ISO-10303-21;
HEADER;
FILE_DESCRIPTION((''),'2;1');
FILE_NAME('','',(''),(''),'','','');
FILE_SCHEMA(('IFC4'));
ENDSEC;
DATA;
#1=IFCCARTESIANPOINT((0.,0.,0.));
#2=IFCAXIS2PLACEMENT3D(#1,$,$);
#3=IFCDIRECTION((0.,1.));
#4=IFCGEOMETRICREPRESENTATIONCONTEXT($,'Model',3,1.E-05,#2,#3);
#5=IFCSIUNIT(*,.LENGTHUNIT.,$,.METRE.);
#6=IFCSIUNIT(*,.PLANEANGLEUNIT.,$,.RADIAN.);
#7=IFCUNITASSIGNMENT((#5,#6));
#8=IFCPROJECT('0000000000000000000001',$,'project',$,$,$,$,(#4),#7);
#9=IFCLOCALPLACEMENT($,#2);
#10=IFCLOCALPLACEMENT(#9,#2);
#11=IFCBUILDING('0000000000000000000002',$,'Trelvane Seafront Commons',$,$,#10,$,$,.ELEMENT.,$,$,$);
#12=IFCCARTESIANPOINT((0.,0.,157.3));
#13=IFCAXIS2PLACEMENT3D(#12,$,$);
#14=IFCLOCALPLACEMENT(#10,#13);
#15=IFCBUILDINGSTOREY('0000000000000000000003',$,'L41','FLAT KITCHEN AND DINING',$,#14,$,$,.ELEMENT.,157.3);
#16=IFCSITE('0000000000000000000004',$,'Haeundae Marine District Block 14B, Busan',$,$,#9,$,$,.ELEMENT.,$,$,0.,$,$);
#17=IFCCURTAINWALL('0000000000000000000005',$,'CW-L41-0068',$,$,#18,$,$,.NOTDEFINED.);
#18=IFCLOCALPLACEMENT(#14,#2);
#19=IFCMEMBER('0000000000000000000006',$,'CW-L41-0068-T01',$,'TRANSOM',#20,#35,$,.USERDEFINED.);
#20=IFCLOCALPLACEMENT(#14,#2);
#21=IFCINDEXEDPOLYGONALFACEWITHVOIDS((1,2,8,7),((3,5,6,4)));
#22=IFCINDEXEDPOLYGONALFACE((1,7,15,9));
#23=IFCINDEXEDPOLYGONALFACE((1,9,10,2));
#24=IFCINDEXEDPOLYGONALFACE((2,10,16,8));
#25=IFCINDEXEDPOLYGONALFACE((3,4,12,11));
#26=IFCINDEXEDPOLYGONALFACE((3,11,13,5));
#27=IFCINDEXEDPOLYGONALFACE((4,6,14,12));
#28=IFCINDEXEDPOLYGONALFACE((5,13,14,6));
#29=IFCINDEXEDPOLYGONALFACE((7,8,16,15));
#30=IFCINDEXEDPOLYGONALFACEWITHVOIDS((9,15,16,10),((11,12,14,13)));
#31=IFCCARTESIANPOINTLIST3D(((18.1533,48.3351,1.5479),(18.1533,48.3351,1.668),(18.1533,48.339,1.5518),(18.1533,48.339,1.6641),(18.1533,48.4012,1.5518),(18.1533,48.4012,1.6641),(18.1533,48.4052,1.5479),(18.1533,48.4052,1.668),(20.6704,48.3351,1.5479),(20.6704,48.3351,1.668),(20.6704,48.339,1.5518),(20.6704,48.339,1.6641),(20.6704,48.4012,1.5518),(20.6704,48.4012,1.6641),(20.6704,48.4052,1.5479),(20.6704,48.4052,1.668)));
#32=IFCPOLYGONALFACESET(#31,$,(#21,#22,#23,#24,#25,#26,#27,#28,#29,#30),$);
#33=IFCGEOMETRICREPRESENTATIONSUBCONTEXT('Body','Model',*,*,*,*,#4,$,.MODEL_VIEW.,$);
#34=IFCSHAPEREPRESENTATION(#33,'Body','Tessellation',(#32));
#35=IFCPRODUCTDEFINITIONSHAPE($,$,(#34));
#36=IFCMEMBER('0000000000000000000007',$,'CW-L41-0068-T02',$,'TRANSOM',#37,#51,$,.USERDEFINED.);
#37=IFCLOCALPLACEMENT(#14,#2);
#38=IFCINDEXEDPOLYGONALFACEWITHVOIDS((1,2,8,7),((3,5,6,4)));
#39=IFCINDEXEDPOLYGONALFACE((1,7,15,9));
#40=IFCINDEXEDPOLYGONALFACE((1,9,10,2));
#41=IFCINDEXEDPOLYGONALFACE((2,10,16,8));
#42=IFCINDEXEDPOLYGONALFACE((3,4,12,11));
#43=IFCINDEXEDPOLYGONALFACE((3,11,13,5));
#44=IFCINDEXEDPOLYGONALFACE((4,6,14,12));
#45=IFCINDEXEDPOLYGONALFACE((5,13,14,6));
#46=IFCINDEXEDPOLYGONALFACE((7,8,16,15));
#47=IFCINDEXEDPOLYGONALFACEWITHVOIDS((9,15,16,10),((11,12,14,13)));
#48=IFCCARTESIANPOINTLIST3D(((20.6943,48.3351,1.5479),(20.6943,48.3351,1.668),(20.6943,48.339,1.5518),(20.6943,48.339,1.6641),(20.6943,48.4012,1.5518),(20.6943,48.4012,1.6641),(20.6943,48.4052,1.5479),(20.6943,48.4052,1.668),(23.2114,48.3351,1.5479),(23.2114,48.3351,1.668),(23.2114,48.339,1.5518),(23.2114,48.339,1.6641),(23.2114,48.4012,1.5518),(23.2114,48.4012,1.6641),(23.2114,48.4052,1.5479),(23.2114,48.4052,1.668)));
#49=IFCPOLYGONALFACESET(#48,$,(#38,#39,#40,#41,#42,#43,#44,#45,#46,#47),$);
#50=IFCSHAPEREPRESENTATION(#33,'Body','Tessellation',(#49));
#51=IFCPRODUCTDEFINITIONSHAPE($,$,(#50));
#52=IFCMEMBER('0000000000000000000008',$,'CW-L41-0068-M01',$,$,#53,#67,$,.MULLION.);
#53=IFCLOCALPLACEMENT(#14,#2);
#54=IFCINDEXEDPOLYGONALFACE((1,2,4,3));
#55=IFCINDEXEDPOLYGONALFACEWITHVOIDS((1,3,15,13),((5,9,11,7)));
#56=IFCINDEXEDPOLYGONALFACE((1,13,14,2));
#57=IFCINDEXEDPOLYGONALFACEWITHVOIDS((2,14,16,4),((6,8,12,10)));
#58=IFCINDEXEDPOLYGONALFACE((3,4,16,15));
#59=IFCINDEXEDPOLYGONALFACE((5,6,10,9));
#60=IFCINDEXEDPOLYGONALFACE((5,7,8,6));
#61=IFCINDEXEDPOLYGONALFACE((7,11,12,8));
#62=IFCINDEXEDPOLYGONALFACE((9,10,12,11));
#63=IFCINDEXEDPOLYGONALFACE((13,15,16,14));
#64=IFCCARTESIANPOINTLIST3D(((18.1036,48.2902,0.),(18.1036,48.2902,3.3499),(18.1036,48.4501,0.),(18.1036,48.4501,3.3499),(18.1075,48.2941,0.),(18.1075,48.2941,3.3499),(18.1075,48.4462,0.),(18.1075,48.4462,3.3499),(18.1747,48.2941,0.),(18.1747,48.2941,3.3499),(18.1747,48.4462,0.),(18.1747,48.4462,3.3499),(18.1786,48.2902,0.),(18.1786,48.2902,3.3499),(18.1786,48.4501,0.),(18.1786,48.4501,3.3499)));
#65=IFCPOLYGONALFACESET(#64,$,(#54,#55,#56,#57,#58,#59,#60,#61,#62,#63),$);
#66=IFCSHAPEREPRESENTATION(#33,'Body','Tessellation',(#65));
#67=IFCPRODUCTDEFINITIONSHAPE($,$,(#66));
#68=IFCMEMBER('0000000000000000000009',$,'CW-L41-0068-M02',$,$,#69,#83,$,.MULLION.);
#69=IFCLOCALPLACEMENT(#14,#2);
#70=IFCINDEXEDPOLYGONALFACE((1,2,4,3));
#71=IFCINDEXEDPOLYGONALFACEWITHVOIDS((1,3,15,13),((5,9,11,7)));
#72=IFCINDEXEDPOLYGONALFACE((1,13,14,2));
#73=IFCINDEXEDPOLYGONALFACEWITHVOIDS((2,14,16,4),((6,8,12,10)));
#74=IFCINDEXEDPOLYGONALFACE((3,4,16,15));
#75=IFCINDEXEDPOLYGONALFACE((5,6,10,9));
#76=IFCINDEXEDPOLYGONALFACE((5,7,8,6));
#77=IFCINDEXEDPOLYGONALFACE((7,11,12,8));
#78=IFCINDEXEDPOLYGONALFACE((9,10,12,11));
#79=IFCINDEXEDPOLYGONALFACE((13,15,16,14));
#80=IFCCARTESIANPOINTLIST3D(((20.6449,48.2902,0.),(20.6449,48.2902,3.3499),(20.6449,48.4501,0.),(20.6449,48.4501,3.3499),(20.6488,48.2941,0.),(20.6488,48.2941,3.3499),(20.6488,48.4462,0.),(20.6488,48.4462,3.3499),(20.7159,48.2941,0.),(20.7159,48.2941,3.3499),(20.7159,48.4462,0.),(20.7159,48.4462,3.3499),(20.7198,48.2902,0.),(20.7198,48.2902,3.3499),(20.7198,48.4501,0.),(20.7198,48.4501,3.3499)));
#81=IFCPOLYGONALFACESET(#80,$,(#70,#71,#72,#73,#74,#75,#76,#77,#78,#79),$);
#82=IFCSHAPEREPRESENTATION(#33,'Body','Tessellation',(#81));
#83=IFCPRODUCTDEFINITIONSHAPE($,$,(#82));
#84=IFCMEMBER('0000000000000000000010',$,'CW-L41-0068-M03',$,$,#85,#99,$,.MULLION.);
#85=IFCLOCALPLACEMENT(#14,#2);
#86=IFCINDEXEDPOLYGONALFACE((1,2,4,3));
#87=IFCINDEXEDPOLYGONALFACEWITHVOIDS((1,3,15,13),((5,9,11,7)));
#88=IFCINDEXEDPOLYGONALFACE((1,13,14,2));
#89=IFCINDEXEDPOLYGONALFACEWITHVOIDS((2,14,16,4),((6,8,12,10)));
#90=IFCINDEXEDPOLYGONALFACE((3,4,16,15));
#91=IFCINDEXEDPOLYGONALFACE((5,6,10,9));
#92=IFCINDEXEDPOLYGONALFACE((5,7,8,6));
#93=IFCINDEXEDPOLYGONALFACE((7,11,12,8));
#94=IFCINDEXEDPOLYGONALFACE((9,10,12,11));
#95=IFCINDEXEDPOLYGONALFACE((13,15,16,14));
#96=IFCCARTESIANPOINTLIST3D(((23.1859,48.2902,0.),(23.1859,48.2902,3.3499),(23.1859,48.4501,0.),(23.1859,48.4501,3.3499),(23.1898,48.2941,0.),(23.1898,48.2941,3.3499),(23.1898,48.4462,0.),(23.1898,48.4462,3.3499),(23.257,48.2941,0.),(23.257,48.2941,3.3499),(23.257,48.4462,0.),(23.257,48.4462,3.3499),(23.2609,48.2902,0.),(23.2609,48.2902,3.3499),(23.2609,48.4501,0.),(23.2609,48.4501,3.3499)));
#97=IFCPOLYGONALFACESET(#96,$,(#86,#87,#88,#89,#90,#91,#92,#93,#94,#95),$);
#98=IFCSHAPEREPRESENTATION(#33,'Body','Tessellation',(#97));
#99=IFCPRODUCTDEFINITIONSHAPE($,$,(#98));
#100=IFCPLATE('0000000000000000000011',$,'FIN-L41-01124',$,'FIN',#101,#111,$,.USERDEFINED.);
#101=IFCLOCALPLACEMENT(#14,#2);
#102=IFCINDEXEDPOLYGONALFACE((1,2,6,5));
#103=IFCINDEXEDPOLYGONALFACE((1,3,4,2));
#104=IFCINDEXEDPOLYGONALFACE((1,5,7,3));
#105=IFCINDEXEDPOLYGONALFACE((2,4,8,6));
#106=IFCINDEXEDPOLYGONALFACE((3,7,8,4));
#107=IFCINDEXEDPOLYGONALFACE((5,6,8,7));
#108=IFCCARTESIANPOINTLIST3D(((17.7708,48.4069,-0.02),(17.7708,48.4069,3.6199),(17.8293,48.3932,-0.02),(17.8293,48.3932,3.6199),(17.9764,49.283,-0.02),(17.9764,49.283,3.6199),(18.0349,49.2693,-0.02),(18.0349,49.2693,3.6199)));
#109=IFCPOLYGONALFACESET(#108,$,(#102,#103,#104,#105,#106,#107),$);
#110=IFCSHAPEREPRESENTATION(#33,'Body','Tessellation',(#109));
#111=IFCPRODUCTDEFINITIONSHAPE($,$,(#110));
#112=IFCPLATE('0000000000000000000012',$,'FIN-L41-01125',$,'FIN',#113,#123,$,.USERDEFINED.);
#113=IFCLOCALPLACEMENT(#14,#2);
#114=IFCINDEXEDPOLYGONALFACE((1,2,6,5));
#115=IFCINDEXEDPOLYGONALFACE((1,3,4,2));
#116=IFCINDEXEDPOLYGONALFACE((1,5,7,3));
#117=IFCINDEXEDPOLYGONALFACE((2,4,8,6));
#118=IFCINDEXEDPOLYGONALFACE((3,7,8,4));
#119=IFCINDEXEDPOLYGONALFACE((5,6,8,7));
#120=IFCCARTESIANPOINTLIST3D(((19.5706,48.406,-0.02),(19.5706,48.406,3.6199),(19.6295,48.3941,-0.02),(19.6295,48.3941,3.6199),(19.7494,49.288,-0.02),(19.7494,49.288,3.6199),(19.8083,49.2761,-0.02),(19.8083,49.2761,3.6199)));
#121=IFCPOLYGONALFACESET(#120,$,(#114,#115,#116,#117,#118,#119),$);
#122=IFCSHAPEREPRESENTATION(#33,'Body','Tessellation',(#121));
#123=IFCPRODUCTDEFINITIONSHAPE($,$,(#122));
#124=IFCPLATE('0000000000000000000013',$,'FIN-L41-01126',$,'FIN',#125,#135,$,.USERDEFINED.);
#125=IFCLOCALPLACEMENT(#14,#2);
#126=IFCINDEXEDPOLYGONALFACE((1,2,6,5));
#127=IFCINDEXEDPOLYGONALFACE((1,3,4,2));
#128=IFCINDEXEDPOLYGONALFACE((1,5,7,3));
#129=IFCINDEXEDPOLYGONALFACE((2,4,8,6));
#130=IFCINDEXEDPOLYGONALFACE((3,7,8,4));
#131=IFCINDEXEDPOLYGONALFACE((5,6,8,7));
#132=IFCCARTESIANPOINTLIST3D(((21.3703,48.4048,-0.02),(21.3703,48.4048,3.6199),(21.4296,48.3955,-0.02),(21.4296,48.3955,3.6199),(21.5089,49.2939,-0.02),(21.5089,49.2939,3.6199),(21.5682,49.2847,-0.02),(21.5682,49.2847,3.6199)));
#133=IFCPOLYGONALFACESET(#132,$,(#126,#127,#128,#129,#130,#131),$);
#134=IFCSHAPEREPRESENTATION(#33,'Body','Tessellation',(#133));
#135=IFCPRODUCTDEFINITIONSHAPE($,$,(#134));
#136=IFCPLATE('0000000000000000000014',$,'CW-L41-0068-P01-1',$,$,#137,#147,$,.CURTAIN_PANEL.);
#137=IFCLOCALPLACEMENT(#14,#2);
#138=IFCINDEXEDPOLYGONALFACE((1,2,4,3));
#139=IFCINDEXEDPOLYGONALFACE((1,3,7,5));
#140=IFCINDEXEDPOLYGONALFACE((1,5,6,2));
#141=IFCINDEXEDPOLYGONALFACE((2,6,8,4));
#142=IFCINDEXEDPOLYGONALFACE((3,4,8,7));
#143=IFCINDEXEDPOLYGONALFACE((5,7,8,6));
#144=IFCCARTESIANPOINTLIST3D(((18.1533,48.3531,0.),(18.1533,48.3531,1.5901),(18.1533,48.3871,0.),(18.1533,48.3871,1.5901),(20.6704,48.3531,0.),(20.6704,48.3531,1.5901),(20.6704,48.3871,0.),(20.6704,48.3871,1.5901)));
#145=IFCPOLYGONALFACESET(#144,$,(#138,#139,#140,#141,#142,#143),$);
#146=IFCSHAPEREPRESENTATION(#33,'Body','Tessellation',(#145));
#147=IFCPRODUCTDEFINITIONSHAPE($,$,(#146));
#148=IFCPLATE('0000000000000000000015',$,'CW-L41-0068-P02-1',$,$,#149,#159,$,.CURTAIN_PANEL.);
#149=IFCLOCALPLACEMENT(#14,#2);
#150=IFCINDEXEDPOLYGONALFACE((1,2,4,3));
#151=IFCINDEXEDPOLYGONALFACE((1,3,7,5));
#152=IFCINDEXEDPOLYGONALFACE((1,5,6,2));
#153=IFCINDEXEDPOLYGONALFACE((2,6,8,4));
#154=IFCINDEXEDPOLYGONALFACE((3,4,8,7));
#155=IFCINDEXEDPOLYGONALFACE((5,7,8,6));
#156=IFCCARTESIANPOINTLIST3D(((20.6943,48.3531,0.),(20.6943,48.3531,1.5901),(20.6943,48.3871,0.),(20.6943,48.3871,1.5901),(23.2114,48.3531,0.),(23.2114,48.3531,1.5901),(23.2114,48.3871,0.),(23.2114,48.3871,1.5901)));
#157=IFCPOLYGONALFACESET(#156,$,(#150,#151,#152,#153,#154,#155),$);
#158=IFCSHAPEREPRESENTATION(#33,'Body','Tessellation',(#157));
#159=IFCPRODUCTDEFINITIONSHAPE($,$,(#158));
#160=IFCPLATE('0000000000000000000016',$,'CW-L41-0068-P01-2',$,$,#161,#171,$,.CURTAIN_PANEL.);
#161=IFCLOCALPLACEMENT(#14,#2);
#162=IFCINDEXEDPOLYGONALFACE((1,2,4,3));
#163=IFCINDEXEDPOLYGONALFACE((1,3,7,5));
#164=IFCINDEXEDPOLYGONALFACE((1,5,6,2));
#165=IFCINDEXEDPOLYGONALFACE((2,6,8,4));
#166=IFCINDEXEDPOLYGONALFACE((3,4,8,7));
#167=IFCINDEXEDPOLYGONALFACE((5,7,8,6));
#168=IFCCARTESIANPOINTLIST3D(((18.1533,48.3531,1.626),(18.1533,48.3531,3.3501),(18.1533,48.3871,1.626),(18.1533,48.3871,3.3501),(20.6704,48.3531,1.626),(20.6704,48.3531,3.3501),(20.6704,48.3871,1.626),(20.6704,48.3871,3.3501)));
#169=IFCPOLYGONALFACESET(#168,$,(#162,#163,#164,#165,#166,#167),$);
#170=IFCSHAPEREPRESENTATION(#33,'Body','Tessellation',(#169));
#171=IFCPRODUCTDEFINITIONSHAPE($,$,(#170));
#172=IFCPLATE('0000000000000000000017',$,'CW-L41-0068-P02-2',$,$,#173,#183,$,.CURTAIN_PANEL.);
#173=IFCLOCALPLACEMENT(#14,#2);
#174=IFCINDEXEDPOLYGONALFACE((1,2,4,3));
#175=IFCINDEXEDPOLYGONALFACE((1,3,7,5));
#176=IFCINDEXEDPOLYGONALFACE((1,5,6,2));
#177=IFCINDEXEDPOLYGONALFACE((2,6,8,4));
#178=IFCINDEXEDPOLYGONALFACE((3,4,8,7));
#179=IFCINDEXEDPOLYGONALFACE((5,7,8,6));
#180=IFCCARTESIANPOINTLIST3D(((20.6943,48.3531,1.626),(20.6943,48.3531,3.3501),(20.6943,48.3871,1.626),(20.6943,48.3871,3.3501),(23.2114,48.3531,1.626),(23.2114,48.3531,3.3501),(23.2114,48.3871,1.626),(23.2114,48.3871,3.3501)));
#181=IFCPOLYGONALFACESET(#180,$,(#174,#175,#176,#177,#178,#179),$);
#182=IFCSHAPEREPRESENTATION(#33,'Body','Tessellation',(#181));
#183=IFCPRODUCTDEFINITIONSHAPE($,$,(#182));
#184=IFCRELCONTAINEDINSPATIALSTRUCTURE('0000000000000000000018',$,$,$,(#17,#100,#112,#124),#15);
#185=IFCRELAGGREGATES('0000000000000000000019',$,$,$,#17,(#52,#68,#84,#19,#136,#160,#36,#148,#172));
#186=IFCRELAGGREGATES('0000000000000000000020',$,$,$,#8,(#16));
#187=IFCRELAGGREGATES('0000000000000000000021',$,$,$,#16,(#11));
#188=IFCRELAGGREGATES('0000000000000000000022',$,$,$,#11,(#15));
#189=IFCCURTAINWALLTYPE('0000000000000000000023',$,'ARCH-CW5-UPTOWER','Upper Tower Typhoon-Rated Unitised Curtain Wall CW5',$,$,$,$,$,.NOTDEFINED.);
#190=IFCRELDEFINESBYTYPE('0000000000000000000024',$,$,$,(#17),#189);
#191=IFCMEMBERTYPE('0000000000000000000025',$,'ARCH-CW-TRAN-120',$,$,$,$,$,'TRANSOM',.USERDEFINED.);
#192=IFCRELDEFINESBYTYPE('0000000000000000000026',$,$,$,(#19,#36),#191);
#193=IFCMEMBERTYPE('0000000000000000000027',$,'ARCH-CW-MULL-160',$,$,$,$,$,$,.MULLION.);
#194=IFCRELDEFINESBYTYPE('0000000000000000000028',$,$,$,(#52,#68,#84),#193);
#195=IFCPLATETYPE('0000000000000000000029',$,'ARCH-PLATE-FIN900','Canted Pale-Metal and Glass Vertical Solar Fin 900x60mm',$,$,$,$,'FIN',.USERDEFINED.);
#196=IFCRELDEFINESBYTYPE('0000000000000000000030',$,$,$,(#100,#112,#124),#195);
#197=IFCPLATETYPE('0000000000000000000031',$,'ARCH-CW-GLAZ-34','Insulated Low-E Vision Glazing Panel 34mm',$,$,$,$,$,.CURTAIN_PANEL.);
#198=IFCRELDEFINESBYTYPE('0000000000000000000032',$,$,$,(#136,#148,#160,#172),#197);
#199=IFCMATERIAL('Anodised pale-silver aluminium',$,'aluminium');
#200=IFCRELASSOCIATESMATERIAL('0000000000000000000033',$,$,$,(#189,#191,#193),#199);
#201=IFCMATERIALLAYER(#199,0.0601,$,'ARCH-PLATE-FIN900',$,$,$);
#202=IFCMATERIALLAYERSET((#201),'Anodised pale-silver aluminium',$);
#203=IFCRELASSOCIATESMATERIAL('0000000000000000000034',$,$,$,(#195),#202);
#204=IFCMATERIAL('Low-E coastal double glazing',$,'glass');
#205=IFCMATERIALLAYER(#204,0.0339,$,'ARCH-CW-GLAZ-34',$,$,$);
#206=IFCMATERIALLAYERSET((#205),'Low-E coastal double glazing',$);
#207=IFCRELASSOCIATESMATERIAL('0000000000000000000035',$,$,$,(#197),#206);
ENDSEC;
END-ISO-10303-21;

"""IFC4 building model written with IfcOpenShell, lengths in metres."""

from ifc_helpers import new_model, si_unit, direction, frame, origin, origin_2d, place, context, subcontext, project, spatial, rectangle, hollow_rectangle, extrude, source, transform, mapped, material, layer, layer_set, material_profile, profile_set, type_object, element, aggregate, save


model = new_model("IFC4")

# Units and contexts
model_context = context("Model", 3, precision=1e-05, world=origin(), true_north=direction((0.0, 1.0)))
body_context = subcontext(model_context, "Body", "Model", "MODEL_VIEW")
ifc_project = project(units=[si_unit("LENGTHUNIT", "METRE"), si_unit("PLANEANGLEUNIT", "RADIAN")], contexts=[model_context])

# Site, building, storey
site_placement = place(None, origin())
site = spatial("IfcSite", under=ifc_project, at=site_placement, Name="Haeundae Marine District Block 14B, Busan", CompositionType="ELEMENT", RefElevation=0.0)
building_placement = place(site_placement, origin())
building = spatial("IfcBuilding", under=site, at=building_placement, Name="Trelvane Seafront Commons", CompositionType="ELEMENT")
storey_placement = place(building_placement, frame((0.0, 0.0, 157.3)))
storey = spatial("IfcBuildingStorey", under=building, at=storey_placement, Name="L41", Description="FLAT KITCHEN AND DINING", CompositionType="ELEMENT", Elevation=157.3)

# Curtain wall, members
ifc_material_1 = material(Name="Anodised pale-silver aluminium", Category="aluminium")
curtain_wall_type = type_object("IfcCurtainWallType", Name="ARCH-CW5-UPTOWER", Description="Upper Tower Typhoon-Rated Unitised Curtain Wall CW5", PredefinedType="NOTDEFINED", material=ifc_material_1)
curtain_wall_placement = place(storey_placement, origin())
curtain_wall = element("IfcCurtainWall", 1, at=curtain_wall_placement, inside=storey, type_object=curtain_wall_type, Name="CW-L41-0068", PredefinedType="NOTDEFINED")
ifc_material_profile_1 = material_profile(ifc_material_1, hollow_rectangle(XDim=0.0701, YDim=0.1201, WallThickness=0.0039, at=origin_2d()), Name="TRAN-70x120x4")
ifc_profile_set_1 = profile_set([ifc_material_profile_1], Name="Anodised pale-silver aluminium")
member_type_1 = type_object("IfcMemberType", Name="ARCH-CW-TRAN-120", ElementType="TRANSOM", PredefinedType="USERDEFINED", material=ifc_profile_set_1)
shared_shape_1 = source(origin(), body_context, "Body", "SweptSolid", [
    extrude(hollow_rectangle(XDim=0.0701, YDim=0.1201, WallThickness=0.0039, at=origin_2d()), origin(), (0.0, 0.0, 1.0), 2.5171),
])
member_1_placement = place(storey_placement, frame((18.1533, 48.3701, 1.6079), z_axis=(1.0, 0.0, 0.0), x_axis=(0.0, 1.0, 0.0)))
member_1 = element("IfcMember", 2, at=member_1_placement, type_object=member_type_1, Name="CW-L41-0068-T01", ObjectType="TRANSOM", PredefinedType="USERDEFINED", context=body_context, shape_type="MappedRepresentation", body=[
    mapped(shared_shape_1, transform((0.0, 0.0, 0.0), x_axis=(1.0, 0.0, 0.0), y_axis=(0.0, 1.0, 0.0), z_axis=(0.0, 0.0, 1.0), scale=1.0)),
])
member_2_placement = place(storey_placement, frame((20.6943, 48.3701, 1.6079), z_axis=(1.0, 0.0, 0.0), x_axis=(0.0, 1.0, 0.0)))
member_2 = element("IfcMember", 3, at=member_2_placement, type_object=member_type_1, Name="CW-L41-0068-T02", ObjectType="TRANSOM", PredefinedType="USERDEFINED", context=body_context, shape_type="MappedRepresentation", body=[
    mapped(shared_shape_1, transform((0.0, 0.0, 0.0), x_axis=(1.0, 0.0, 0.0), y_axis=(0.0, 1.0, 0.0), z_axis=(0.0, 0.0, 1.0), scale=1.0)),
])
ifc_material_profile_2 = material_profile(ifc_material_1, hollow_rectangle(XDim=0.075, YDim=0.1599, WallThickness=0.0039, at=origin_2d()), Name="MULL-75x160x4")
ifc_profile_set_2 = profile_set([ifc_material_profile_2], Name="Anodised pale-silver aluminium")
member_type_2 = type_object("IfcMemberType", Name="ARCH-CW-MULL-160", PredefinedType="MULLION", material=ifc_profile_set_2)
shared_shape_2 = source(origin(), body_context, "Body", "SweptSolid", [
    extrude(hollow_rectangle(XDim=0.075, YDim=0.1599, WallThickness=0.0039, at=origin_2d()), origin(), (0.0, 0.0, 1.0), 3.3499),
])
member_3_placement = place(storey_placement, frame((18.1411, 48.3701, 0.0), z_axis=(0.0, 0.0, 1.0), x_axis=(1.0, 0.0, 0.0)))
member_3 = element("IfcMember", 4, at=member_3_placement, type_object=member_type_2, Name="CW-L41-0068-M01", PredefinedType="MULLION", context=body_context, shape_type="MappedRepresentation", body=[
    mapped(shared_shape_2, transform((0.0, 0.0, 0.0), x_axis=(1.0, 0.0, 0.0), y_axis=(0.0, 1.0, 0.0), z_axis=(0.0, 0.0, 1.0), scale=1.0)),
])
member_4_placement = place(storey_placement, frame((20.6824, 48.3701, 0.0), z_axis=(0.0, 0.0, 1.0), x_axis=(1.0, 0.0, 0.0)))
member_4 = element("IfcMember", 5, at=member_4_placement, type_object=member_type_2, Name="CW-L41-0068-M02", PredefinedType="MULLION", context=body_context, shape_type="MappedRepresentation", body=[
    mapped(shared_shape_2, transform((0.0, 0.0, 0.0), x_axis=(1.0, 0.0, 0.0), y_axis=(0.0, 1.0, 0.0), z_axis=(0.0, 0.0, 1.0), scale=1.0)),
])
member_5_placement = place(storey_placement, frame((23.2234, 48.3701, 0.0), z_axis=(0.0, 0.0, 1.0), x_axis=(1.0, 0.0, 0.0)))
member_5 = element("IfcMember", 6, at=member_5_placement, type_object=member_type_2, Name="CW-L41-0068-M03", PredefinedType="MULLION", context=body_context, shape_type="MappedRepresentation", body=[
    mapped(shared_shape_2, transform((0.0, 0.0, 0.0), x_axis=(1.0, 0.0, 0.0), y_axis=(0.0, 1.0, 0.0), z_axis=(0.0, 0.0, 1.0), scale=1.0)),
])

# Plates
ifc_layer_1 = layer(ifc_material_1, 0.0601, Name="ARCH-PLATE-FIN900")
ifc_layer_set_1 = layer_set([ifc_layer_1], Name="Anodised pale-silver aluminium")
plate_type_1 = type_object("IfcPlateType", Name="ARCH-PLATE-FIN900", Description="Canted Pale-Metal and Glass Vertical Solar Fin 900x60mm", ElementType="FIN", PredefinedType="USERDEFINED", material=ifc_layer_set_1)
shared_shape_3 = source(origin(), body_context, "Body", "SweptSolid", [
    extrude(rectangle(XDim=0.8999, YDim=0.0601, at=origin_2d()), origin(), (0.0, 0.0, 1.0), 3.6399),
])
for number, where, z_axis, x_axis, name in (
    (7, (17.9028, 48.8381, -0.02), (0.0, 0.0, 1.0), (0.228444, 0.973557, 0.0), "FIN-L41-01124"),
    (8, (19.6895, 48.8411, -0.02), (0.0, 0.0, 1.0), (0.198658, 0.980069, 0.0), "FIN-L41-01125"),
    (9, (21.4692, 48.8447, -0.02), (0.0, 0.0, 1.0), (0.153993, 0.988072, 0.0), "FIN-L41-01126"),
):
    element("IfcPlate", number, at=place(storey_placement, frame(where, z_axis=z_axis, x_axis=x_axis)), inside=storey, type_object=plate_type_1, Name=name, ObjectType="FIN", PredefinedType="USERDEFINED", context=body_context, shape_type="MappedRepresentation", body=[
        mapped(shared_shape_3, transform((0.0, 0.0, 0.0), x_axis=(1.0, 0.0, 0.0), y_axis=(0.0, 1.0, 0.0), z_axis=(0.0, 0.0, 1.0), scale=1.0)),
    ])

# Plates
ifc_material_2 = material(Name="Low-E coastal double glazing", Category="glass")
ifc_layer_2 = layer(ifc_material_2, 0.0339, Name="ARCH-CW-GLAZ-34")
ifc_layer_set_2 = layer_set([ifc_layer_2], Name="Low-E coastal double glazing")
plate_type_2 = type_object("IfcPlateType", Name="ARCH-CW-GLAZ-34", Description="Insulated Low-E Vision Glazing Panel 34mm", PredefinedType="CURTAIN_PANEL", material=ifc_layer_set_2)
shared_shape_4 = source(origin(), body_context, "Body", "SweptSolid", [
    extrude(rectangle(XDim=2.5171, YDim=0.0339, at=origin_2d()), origin(), (0.0, 0.0, 1.0), 1.5901),
])
plate_1_placement = place(storey_placement, frame((19.4119, 48.3701, 0.0), z_axis=(0.0, 0.0, 1.0), x_axis=(1.0, 0.0, 0.0)))
plate_1 = element("IfcPlate", 10, at=plate_1_placement, type_object=plate_type_2, Name="CW-L41-0068-P01-1", PredefinedType="CURTAIN_PANEL", context=body_context, shape_type="MappedRepresentation", body=[
    mapped(shared_shape_4, transform((0.0, 0.0, 0.0), x_axis=(1.0, 0.0, 0.0), y_axis=(0.0, 1.0, 0.0), z_axis=(0.0, 0.0, 1.0), scale=1.0)),
])
plate_2_placement = place(storey_placement, frame((21.9529, 48.3701, 0.0), z_axis=(0.0, 0.0, 1.0), x_axis=(1.0, 0.0, 0.0)))
plate_2 = element("IfcPlate", 11, at=plate_2_placement, type_object=plate_type_2, Name="CW-L41-0068-P02-1", PredefinedType="CURTAIN_PANEL", context=body_context, shape_type="MappedRepresentation", body=[
    mapped(shared_shape_4, transform((0.0, 0.0, 0.0), x_axis=(1.0, 0.0, 0.0), y_axis=(0.0, 1.0, 0.0), z_axis=(0.0, 0.0, 1.0), scale=1.0)),
])
shared_shape_5 = source(origin(), body_context, "Body", "SweptSolid", [
    extrude(rectangle(XDim=2.5171, YDim=0.0339, at=origin_2d()), origin(), (0.0, 0.0, 1.0), 1.7241),
])
plate_3_placement = place(storey_placement, frame((19.4119, 48.3701, 1.626), z_axis=(0.0, 0.0, 1.0), x_axis=(1.0, 0.0, 0.0)))
plate_3 = element("IfcPlate", 12, at=plate_3_placement, type_object=plate_type_2, Name="CW-L41-0068-P01-2", PredefinedType="CURTAIN_PANEL", context=body_context, shape_type="MappedRepresentation", body=[
    mapped(shared_shape_5, transform((0.0, 0.0, 0.0), x_axis=(1.0, 0.0, 0.0), y_axis=(0.0, 1.0, 0.0), z_axis=(0.0, 0.0, 1.0), scale=1.0)),
])
plate_4_placement = place(storey_placement, frame((21.9529, 48.3701, 1.626), z_axis=(0.0, 0.0, 1.0), x_axis=(1.0, 0.0, 0.0)))
plate_4 = element("IfcPlate", 13, at=plate_4_placement, type_object=plate_type_2, Name="CW-L41-0068-P02-2", PredefinedType="CURTAIN_PANEL", context=body_context, shape_type="MappedRepresentation", body=[
    mapped(shared_shape_5, transform((0.0, 0.0, 0.0), x_axis=(1.0, 0.0, 0.0), y_axis=(0.0, 1.0, 0.0), z_axis=(0.0, 0.0, 1.0), scale=1.0)),
])
aggregate(curtain_wall, [member_3, member_4, member_5, member_1, plate_1, plate_3, member_2, plate_2, plate_4])

save(model, "model.ifc")
